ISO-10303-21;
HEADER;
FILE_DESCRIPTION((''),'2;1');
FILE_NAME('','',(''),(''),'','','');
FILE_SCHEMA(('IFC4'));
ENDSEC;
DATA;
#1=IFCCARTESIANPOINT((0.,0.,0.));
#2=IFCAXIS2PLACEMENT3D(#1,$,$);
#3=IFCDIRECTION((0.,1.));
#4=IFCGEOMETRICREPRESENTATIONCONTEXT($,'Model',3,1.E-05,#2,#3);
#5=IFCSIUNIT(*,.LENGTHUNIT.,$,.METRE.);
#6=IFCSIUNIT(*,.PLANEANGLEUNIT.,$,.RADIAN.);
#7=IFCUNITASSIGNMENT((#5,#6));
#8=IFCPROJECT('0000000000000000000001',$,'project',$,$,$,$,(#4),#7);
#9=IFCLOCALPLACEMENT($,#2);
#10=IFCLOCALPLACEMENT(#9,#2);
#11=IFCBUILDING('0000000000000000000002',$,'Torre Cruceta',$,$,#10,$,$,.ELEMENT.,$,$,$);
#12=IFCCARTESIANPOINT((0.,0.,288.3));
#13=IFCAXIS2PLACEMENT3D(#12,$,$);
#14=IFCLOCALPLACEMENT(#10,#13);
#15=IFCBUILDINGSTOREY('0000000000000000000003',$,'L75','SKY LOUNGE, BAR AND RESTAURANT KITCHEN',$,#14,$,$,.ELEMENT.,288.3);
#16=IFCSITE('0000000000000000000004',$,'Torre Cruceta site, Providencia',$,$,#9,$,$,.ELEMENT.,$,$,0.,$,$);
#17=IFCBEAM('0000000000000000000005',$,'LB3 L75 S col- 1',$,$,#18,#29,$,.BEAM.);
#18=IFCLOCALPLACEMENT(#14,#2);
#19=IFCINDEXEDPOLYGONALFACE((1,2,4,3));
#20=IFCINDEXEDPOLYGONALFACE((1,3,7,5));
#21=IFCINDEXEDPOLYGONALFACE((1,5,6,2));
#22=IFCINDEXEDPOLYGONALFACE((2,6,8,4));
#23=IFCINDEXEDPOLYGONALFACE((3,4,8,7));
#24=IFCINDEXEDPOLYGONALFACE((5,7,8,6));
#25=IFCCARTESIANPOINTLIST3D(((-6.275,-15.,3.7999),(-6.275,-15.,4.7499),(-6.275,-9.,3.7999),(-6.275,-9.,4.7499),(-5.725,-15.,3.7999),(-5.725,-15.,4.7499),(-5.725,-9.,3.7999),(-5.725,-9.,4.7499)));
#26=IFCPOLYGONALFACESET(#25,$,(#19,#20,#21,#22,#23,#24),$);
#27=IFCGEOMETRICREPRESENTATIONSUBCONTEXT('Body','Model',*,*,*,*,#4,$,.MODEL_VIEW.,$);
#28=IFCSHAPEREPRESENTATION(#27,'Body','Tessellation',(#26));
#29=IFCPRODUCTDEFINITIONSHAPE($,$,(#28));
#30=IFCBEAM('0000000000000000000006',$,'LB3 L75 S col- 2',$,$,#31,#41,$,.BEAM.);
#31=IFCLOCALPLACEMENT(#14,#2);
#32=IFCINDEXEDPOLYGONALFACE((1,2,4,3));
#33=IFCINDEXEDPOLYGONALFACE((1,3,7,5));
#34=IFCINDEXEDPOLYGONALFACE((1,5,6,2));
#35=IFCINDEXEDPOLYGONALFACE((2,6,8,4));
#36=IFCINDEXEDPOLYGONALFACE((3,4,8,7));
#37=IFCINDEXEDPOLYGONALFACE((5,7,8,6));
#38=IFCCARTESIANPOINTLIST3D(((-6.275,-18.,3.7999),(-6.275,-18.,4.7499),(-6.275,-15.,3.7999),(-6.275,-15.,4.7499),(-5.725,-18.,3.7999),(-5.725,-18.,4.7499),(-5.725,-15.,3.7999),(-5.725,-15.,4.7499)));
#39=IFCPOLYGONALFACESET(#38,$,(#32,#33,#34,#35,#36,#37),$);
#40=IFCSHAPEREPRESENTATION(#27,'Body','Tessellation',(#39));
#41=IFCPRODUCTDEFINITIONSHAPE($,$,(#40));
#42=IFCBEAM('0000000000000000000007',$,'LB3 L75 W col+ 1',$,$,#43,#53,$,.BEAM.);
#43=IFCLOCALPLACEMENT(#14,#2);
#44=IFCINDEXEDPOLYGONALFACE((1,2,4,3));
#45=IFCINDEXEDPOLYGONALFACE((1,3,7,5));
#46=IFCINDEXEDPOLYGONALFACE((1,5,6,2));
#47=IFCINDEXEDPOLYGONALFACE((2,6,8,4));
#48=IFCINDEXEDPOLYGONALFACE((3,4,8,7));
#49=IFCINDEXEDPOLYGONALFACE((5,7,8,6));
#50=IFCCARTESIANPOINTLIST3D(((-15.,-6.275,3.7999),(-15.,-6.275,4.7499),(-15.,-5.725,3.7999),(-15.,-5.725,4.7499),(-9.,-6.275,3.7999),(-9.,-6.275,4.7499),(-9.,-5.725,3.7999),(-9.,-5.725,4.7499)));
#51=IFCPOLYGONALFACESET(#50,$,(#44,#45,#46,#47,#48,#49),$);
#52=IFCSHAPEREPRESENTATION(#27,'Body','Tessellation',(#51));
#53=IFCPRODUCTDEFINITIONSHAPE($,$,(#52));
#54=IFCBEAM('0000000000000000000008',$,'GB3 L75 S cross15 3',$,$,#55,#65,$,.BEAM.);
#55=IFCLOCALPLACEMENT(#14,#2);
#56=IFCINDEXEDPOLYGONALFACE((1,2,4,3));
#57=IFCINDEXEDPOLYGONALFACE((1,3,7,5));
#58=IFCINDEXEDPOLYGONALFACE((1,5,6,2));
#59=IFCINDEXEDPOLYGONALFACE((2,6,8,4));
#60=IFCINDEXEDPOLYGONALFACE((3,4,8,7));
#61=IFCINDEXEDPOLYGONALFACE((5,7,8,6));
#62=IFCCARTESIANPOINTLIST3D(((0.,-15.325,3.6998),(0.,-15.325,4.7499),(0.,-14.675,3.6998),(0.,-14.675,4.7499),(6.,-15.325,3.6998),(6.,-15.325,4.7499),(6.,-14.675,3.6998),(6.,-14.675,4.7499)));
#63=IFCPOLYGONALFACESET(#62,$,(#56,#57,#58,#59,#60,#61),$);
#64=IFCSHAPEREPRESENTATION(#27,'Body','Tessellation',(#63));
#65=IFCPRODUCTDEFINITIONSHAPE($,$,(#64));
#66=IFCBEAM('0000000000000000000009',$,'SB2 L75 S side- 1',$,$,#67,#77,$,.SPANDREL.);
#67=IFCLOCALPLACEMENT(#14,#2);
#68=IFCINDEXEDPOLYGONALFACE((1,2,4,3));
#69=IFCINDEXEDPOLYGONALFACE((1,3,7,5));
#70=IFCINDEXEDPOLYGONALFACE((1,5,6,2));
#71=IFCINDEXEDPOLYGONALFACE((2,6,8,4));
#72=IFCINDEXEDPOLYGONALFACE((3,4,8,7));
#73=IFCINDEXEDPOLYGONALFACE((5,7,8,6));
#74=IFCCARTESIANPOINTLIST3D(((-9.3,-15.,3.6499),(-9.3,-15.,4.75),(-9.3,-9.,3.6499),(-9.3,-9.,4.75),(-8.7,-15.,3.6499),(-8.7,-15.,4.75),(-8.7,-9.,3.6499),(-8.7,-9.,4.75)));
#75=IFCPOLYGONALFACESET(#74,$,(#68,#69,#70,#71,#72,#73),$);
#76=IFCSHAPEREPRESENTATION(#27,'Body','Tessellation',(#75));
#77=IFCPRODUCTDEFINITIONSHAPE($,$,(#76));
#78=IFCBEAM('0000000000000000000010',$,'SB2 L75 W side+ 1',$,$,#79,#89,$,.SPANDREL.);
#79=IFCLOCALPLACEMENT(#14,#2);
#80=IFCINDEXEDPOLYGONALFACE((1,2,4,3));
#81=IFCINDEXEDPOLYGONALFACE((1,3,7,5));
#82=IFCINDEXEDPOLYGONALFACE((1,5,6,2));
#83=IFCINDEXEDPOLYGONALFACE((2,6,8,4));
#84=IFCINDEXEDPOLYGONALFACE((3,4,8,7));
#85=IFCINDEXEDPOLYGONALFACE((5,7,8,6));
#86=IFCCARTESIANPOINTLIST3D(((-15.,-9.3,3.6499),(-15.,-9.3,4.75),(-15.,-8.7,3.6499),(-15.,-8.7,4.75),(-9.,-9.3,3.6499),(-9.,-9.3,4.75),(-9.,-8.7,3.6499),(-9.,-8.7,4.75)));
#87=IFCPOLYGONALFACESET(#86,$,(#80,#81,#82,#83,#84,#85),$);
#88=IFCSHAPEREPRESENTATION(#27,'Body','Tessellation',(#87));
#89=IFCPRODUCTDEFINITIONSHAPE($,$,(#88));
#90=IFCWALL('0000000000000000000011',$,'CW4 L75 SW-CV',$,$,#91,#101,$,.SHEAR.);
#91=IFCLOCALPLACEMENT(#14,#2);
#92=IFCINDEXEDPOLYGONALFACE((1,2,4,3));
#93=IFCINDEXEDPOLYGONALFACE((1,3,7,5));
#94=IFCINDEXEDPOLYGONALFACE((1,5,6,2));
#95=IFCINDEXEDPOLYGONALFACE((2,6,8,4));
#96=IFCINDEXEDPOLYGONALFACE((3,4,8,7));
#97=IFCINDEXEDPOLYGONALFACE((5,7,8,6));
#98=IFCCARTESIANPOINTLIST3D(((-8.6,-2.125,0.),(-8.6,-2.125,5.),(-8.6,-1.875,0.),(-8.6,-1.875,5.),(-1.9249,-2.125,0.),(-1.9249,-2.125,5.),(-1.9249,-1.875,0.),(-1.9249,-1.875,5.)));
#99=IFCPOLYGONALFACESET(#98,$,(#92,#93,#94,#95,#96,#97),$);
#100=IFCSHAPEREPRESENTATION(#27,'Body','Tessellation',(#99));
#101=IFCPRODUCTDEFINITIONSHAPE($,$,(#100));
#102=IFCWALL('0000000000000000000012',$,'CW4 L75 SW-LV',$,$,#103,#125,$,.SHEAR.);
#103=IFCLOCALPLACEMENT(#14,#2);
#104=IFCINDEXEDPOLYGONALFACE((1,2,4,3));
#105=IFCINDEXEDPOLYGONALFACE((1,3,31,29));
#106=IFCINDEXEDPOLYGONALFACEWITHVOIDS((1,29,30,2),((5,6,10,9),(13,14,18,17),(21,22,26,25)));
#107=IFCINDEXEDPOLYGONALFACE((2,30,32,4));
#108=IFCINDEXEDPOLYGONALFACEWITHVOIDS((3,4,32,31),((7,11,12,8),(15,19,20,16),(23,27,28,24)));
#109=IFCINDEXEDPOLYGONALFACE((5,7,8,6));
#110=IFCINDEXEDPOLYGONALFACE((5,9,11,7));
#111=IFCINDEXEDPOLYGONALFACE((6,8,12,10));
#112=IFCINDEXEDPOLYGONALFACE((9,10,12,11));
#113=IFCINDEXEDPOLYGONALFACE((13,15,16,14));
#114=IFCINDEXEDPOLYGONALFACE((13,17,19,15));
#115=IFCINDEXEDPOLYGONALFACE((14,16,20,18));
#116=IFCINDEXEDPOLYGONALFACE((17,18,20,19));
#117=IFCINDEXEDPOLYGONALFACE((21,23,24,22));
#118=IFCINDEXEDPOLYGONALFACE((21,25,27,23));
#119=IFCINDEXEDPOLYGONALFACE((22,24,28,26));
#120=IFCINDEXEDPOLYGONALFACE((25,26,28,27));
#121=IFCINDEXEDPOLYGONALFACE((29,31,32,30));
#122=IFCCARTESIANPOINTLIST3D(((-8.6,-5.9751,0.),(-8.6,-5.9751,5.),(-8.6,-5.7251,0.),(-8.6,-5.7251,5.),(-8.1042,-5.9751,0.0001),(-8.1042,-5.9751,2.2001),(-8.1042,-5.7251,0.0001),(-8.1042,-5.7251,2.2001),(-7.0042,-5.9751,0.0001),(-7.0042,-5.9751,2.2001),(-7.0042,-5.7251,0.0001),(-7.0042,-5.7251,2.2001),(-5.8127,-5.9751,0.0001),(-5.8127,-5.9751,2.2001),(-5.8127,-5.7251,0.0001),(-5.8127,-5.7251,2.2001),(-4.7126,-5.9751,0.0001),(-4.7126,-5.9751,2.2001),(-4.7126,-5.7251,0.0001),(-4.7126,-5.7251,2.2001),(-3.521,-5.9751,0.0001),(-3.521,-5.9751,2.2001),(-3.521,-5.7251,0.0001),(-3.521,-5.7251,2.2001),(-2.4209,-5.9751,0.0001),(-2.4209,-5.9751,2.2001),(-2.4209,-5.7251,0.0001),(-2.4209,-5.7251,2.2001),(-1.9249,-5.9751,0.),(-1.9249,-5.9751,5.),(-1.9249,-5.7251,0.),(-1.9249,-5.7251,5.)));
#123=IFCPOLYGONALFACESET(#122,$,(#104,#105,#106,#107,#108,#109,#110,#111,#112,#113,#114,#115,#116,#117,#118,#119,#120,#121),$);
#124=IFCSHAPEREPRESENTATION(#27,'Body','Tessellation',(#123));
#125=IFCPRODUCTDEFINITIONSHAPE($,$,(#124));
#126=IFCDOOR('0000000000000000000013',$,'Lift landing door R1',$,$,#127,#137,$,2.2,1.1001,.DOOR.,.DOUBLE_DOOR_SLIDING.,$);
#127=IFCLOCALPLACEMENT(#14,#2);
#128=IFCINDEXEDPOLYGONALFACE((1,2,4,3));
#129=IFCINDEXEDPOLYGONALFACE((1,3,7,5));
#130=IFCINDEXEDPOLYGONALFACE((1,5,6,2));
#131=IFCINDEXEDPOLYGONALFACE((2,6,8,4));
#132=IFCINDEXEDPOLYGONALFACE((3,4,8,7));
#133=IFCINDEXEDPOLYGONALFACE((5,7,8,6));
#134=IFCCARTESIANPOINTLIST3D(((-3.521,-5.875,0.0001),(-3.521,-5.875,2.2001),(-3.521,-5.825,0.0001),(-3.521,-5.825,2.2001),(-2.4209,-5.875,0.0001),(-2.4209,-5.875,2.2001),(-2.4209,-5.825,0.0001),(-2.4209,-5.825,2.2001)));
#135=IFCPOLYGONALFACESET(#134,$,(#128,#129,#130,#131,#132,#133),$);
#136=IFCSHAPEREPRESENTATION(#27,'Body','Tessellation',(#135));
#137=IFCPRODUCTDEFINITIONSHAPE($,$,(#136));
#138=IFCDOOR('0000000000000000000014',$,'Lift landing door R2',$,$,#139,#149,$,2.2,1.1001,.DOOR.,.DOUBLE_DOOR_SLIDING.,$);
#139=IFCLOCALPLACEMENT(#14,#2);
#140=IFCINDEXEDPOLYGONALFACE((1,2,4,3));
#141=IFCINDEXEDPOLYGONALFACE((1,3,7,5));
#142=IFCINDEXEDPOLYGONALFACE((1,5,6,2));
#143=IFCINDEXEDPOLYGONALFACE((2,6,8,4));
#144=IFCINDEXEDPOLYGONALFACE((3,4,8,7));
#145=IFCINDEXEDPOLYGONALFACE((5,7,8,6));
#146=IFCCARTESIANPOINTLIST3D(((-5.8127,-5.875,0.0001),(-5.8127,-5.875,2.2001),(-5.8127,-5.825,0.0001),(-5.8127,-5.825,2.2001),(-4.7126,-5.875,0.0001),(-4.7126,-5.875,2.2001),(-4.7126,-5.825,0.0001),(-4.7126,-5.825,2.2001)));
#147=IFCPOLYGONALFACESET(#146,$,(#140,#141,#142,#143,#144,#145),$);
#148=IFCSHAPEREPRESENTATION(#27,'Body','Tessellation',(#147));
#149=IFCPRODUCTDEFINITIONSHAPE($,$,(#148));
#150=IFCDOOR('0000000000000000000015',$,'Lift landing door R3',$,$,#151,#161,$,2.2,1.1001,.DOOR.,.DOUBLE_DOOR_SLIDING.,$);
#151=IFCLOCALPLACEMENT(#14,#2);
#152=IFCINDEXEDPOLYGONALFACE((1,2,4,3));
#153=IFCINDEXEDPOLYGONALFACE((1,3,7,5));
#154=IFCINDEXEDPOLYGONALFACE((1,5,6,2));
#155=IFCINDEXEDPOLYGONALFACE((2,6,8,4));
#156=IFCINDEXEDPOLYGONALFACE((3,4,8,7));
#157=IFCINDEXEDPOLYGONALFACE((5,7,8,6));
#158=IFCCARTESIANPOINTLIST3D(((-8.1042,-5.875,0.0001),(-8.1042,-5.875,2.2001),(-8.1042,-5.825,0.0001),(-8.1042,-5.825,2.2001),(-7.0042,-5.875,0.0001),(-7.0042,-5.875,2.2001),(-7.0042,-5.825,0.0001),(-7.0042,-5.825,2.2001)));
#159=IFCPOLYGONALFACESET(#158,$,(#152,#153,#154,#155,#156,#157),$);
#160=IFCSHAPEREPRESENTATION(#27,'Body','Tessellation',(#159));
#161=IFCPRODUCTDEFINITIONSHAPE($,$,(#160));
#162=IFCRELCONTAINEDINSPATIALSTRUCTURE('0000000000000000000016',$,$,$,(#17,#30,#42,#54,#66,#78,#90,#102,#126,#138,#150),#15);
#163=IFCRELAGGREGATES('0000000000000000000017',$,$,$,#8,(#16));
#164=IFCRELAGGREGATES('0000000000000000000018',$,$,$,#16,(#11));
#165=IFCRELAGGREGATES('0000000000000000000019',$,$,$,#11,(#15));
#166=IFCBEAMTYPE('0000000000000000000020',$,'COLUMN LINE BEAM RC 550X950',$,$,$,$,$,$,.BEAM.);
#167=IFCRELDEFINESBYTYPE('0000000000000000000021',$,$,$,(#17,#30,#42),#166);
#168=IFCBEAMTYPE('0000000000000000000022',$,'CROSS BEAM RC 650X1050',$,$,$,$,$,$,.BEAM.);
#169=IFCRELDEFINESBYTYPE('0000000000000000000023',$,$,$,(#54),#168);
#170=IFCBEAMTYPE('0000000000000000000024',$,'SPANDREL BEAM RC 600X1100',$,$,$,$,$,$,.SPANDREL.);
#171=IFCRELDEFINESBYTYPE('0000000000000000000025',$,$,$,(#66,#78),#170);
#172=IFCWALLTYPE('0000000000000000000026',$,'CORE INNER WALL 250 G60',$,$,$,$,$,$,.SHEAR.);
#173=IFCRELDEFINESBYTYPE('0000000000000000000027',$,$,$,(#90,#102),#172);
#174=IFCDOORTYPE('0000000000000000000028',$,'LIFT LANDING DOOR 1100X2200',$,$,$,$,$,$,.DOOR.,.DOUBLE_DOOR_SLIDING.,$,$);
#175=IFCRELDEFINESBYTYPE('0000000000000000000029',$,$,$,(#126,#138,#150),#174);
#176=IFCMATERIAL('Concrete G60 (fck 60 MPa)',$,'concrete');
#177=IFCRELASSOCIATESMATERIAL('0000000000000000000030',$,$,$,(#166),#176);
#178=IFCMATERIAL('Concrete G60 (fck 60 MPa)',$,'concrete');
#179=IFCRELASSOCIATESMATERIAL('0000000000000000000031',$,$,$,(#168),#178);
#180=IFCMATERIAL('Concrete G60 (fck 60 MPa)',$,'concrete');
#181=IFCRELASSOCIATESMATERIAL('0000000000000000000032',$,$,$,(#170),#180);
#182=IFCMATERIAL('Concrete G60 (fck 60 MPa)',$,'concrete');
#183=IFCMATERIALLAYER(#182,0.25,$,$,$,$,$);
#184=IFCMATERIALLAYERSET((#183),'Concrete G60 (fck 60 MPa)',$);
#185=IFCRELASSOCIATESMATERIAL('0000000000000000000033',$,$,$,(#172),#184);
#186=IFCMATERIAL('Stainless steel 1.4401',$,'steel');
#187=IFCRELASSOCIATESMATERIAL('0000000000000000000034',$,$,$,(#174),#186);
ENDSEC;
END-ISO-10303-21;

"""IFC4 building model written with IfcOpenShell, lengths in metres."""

from ifc_helpers import new_model, si_unit, direction, frame, frame_2d, origin, origin_2d, place, context, subcontext, project, spatial, rectangle, extrude, material, layer, layer_set, material_profile, profile_set, type_object, element, fill, save


model = new_model("IFC4")

# Units and contexts
model_context = context("Model", 3, precision=1e-05, world=origin(), true_north=direction((0.0, 1.0)))
body_context = subcontext(model_context, "Body", "Model", "MODEL_VIEW")
ifc_project = project(units=[si_unit("LENGTHUNIT", "METRE"), si_unit("PLANEANGLEUNIT", "RADIAN")], contexts=[model_context])

# Site, building, storey
site_placement = place(None, origin())
site = spatial("IfcSite", under=ifc_project, at=site_placement, Name="Torre Cruceta site, Providencia", CompositionType="ELEMENT", RefElevation=0.0)
building_placement = place(site_placement, origin())
building = spatial("IfcBuilding", under=site, at=building_placement, Name="Torre Cruceta", CompositionType="ELEMENT")
storey_placement = place(building_placement, frame((0.0, 0.0, 288.3)))
storey = spatial("IfcBuildingStorey", under=building, at=storey_placement, Name="L75", Description="SKY LOUNGE, BAR AND RESTAURANT KITCHEN", CompositionType="ELEMENT", Elevation=288.3)

# Beams
ifc_material_1 = material(Name="Concrete G60 (fck 60 MPa)", Category="concrete")
ifc_material_profile_1 = material_profile(ifc_material_1, rectangle(XDim=0.55, YDim=0.95, at=origin_2d()), Name="RC 550X950")
ifc_profile_set_1 = profile_set([ifc_material_profile_1], Name="Concrete G60 (fck 60 MPa)")
beam_type_1 = type_object("IfcBeamType", Name="COLUMN LINE BEAM RC 550X950", PredefinedType="BEAM", material=ifc_profile_set_1)
beam_1_placement = place(storey_placement, frame((-6.0, -9.0, 4.2749), z_axis=(0.0, -1.0, 0.0), x_axis=(1.0, 0.0, 0.0)))
element("IfcBeam", 1, at=beam_1_placement, inside=storey, type_object=beam_type_1, Name="LB3 L75 S col- 1", PredefinedType="BEAM", context=body_context, shape_type="SweptSolid", body=[
    extrude(rectangle(XDim=0.55, YDim=0.95, at=origin_2d()), origin(), (0.0, 0.0, 1.0), 6.0),
])
beam_2_placement = place(storey_placement, frame((-6.0, -15.0, 4.2749), z_axis=(0.0, -1.0, 0.0), x_axis=(1.0, 0.0, 0.0)))
element("IfcBeam", 2, at=beam_2_placement, inside=storey, type_object=beam_type_1, Name="LB3 L75 S col- 2", PredefinedType="BEAM", context=body_context, shape_type="SweptSolid", body=[
    extrude(rectangle(XDim=0.55, YDim=0.95, at=origin_2d()), origin(), (0.0, 0.0, 1.0), 3.0),
])
beam_3_placement = place(storey_placement, frame((-9.0, -6.0, 4.2749), z_axis=(-1.0, 0.0, 0.0), x_axis=(0.0, -1.0, 0.0)))
element("IfcBeam", 3, at=beam_3_placement, inside=storey, type_object=beam_type_1, Name="LB3 L75 W col+ 1", PredefinedType="BEAM", context=body_context, shape_type="SweptSolid", body=[
    extrude(rectangle(XDim=0.55, YDim=0.95, at=origin_2d()), origin(), (0.0, 0.0, 1.0), 6.0),
])
ifc_material_2 = material(Name="Concrete G60 (fck 60 MPa)", Category="concrete")
ifc_material_profile_2 = material_profile(ifc_material_2, rectangle(XDim=0.6499, YDim=1.05, at=origin_2d()), Name="RC 650X1050")
ifc_profile_set_2 = profile_set([ifc_material_profile_2], Name="Concrete G60 (fck 60 MPa)")
beam_type_2 = type_object("IfcBeamType", Name="CROSS BEAM RC 650X1050", PredefinedType="BEAM", material=ifc_profile_set_2)
beam_4_placement = place(storey_placement, frame((0.0, -15.0, 4.2249), z_axis=(1.0, 0.0, 0.0), x_axis=(0.0, 1.0, 0.0)))
element("IfcBeam", 4, at=beam_4_placement, inside=storey, type_object=beam_type_2, Name="GB3 L75 S cross15 3", PredefinedType="BEAM", context=body_context, shape_type="SweptSolid", body=[
    extrude(rectangle(XDim=0.6499, YDim=1.05, at=origin_2d()), origin(), (0.0, 0.0, 1.0), 6.0),
])
ifc_material_3 = material(Name="Concrete G60 (fck 60 MPa)", Category="concrete")
ifc_material_profile_3 = material_profile(ifc_material_3, rectangle(XDim=0.6001, YDim=1.1001, at=origin_2d()), Name="RC 600X1100")
ifc_profile_set_3 = profile_set([ifc_material_profile_3], Name="Concrete G60 (fck 60 MPa)")
beam_type_3 = type_object("IfcBeamType", Name="SPANDREL BEAM RC 600X1100", PredefinedType="SPANDREL", material=ifc_profile_set_3)
for number, where, z_axis, x_axis, name in (
    (5, (-9.0, -9.0, 4.2), (0.0, -1.0, 0.0), (1.0, 0.0, 0.0), "SB2 L75 S side- 1"),
    (6, (-9.0, -9.0, 4.2), (-1.0, 0.0, 0.0), (0.0, -1.0, 0.0), "SB2 L75 W side+ 1"),
):
    element("IfcBeam", number, at=place(storey_placement, frame(where, z_axis=z_axis, x_axis=x_axis)), inside=storey, type_object=beam_type_3, Name=name, PredefinedType="SPANDREL", context=body_context, shape_type="SweptSolid", body=[
        extrude(rectangle(XDim=0.6001, YDim=1.1001, at=origin_2d()), origin(), (0.0, 0.0, 1.0), 6.0),
    ])

# Shared definitions
ifc_material_4 = material(Name="Concrete G60 (fck 60 MPa)", Category="concrete")
ifc_layer_1 = layer(ifc_material_4, 0.25)
ifc_layer_set_1 = layer_set([ifc_layer_1], Name="Concrete G60 (fck 60 MPa)")
wall_type_1 = type_object("IfcWallType", Name="CORE INNER WALL 250 G60", PredefinedType="SHEAR", material=ifc_layer_set_1)

# Wall
wall_1_placement = place(storey_placement, frame((-1.925, -2.0, 0.0), z_axis=(0.0, 0.0, 1.0), x_axis=(-1.0, 0.0, 0.0)))
element("IfcWall", 7, at=wall_1_placement, inside=storey, type_object=wall_type_1, Name="CW4 L75 SW-CV", PredefinedType="SHEAR", context=body_context, shape_type="SweptSolid", body=[
    extrude(rectangle(XDim=6.675, YDim=0.25, at=frame_2d((3.3374, 0.0))), origin(), (0.0, 0.0, 1.0), 5.0),
])

# Wall, openings, doors
wall_2_placement = place(storey_placement, frame((-1.925, -5.8501, 0.0), z_axis=(0.0, 0.0, 1.0), x_axis=(-1.0, 0.0, 0.0)))
wall_2 = element("IfcWall", 8, at=wall_2_placement, inside=storey, type_object=wall_type_1, Name="CW4 L75 SW-LV", PredefinedType="SHEAR", context=body_context, shape_type="SweptSolid", body=[
    extrude(rectangle(XDim=6.675, YDim=0.25, at=frame_2d((3.3374, 0.0))), origin(), (0.0, 0.0, 1.0), 5.0),
])
opening_1_placement = place(wall_2_placement, frame((0.4958, 0.0, 0.0)))
opening_1 = element("IfcOpeningElement", 9, at=opening_1_placement, cuts=wall_2, PredefinedType="OPENING", context=body_context, shape_type="SweptSolid", body=[
    extrude(rectangle(XDim=1.1001, YDim=2.2, at=frame_2d((0.55, 1.1001))), frame((0.0, 0.135, 0.0), z_axis=(0.0, -1.0, 0.0), x_axis=(1.0, 0.0, 0.0)), (0.0, 0.0, 1.0), 0.27),
])
opening_2_placement = place(wall_2_placement, frame((2.7876, 0.0, 0.0)))
opening_2 = element("IfcOpeningElement", 10, at=opening_2_placement, cuts=wall_2, PredefinedType="OPENING", context=body_context, shape_type="SweptSolid", body=[
    extrude(rectangle(XDim=1.1001, YDim=2.2, at=frame_2d((0.55, 1.1001))), frame((0.0, 0.135, 0.0), z_axis=(0.0, -1.0, 0.0), x_axis=(1.0, 0.0, 0.0)), (0.0, 0.0, 1.0), 0.27),
])
opening_3_placement = place(wall_2_placement, frame((5.0791, 0.0, 0.0)))
opening_3 = element("IfcOpeningElement", 11, at=opening_3_placement, cuts=wall_2, PredefinedType="OPENING", context=body_context, shape_type="SweptSolid", body=[
    extrude(rectangle(XDim=1.1001, YDim=2.2, at=frame_2d((0.55, 1.1001))), frame((0.0, 0.135, 0.0), z_axis=(0.0, -1.0, 0.0), x_axis=(1.0, 0.0, 0.0)), (0.0, 0.0, 1.0), 0.27),
])
ifc_material_5 = material(Name="Stainless steel 1.4401", Category="steel")
door_type_1 = type_object("IfcDoorType", Name="LIFT LANDING DOOR 1100X2200", OperationType="DOUBLE_DOOR_SLIDING", PredefinedType="DOOR", material=ifc_material_5)
door_1_placement = place(opening_1_placement, origin())
door_1 = element("IfcDoor", 12, at=door_1_placement, inside=storey, type_object=door_type_1, Name="Lift landing door R1", OperationType="DOUBLE_DOOR_SLIDING", OverallHeight=2.2, OverallWidth=1.1001, PredefinedType="DOOR", context=body_context, shape_type="SweptSolid", body=[
    extrude(rectangle(XDim=1.1001, YDim=2.2, at=frame_2d((0.55, 1.1001))), frame((0.0, 0.0249, 0.0), z_axis=(0.0, -1.0, 0.0), x_axis=(1.0, 0.0, 0.0)), (0.0, 0.0, 1.0), 0.05),
])
fill(opening_1, door_1)
door_2_placement = place(opening_2_placement, origin())
door_2 = element("IfcDoor", 13, at=door_2_placement, inside=storey, type_object=door_type_1, Name="Lift landing door R2", OperationType="DOUBLE_DOOR_SLIDING", OverallHeight=2.2, OverallWidth=1.1001, PredefinedType="DOOR", context=body_context, shape_type="SweptSolid", body=[
    extrude(rectangle(XDim=1.1001, YDim=2.2, at=frame_2d((0.55, 1.1001))), frame((0.0, 0.0249, 0.0), z_axis=(0.0, -1.0, 0.0), x_axis=(1.0, 0.0, 0.0)), (0.0, 0.0, 1.0), 0.05),
])
fill(opening_2, door_2)
door_3_placement = place(opening_3_placement, origin())
door_3 = element("IfcDoor", 14, at=door_3_placement, inside=storey, type_object=door_type_1, Name="Lift landing door R3", OperationType="DOUBLE_DOOR_SLIDING", OverallHeight=2.2, OverallWidth=1.1001, PredefinedType="DOOR", context=body_context, shape_type="SweptSolid", body=[
    extrude(rectangle(XDim=1.1001, YDim=2.2, at=frame_2d((0.55, 1.1001))), frame((0.0, 0.0249, 0.0), z_axis=(0.0, -1.0, 0.0), x_axis=(1.0, 0.0, 0.0)), (0.0, 0.0, 1.0), 0.05),
])
fill(opening_3, door_3)

save(model, "model.ifc")
